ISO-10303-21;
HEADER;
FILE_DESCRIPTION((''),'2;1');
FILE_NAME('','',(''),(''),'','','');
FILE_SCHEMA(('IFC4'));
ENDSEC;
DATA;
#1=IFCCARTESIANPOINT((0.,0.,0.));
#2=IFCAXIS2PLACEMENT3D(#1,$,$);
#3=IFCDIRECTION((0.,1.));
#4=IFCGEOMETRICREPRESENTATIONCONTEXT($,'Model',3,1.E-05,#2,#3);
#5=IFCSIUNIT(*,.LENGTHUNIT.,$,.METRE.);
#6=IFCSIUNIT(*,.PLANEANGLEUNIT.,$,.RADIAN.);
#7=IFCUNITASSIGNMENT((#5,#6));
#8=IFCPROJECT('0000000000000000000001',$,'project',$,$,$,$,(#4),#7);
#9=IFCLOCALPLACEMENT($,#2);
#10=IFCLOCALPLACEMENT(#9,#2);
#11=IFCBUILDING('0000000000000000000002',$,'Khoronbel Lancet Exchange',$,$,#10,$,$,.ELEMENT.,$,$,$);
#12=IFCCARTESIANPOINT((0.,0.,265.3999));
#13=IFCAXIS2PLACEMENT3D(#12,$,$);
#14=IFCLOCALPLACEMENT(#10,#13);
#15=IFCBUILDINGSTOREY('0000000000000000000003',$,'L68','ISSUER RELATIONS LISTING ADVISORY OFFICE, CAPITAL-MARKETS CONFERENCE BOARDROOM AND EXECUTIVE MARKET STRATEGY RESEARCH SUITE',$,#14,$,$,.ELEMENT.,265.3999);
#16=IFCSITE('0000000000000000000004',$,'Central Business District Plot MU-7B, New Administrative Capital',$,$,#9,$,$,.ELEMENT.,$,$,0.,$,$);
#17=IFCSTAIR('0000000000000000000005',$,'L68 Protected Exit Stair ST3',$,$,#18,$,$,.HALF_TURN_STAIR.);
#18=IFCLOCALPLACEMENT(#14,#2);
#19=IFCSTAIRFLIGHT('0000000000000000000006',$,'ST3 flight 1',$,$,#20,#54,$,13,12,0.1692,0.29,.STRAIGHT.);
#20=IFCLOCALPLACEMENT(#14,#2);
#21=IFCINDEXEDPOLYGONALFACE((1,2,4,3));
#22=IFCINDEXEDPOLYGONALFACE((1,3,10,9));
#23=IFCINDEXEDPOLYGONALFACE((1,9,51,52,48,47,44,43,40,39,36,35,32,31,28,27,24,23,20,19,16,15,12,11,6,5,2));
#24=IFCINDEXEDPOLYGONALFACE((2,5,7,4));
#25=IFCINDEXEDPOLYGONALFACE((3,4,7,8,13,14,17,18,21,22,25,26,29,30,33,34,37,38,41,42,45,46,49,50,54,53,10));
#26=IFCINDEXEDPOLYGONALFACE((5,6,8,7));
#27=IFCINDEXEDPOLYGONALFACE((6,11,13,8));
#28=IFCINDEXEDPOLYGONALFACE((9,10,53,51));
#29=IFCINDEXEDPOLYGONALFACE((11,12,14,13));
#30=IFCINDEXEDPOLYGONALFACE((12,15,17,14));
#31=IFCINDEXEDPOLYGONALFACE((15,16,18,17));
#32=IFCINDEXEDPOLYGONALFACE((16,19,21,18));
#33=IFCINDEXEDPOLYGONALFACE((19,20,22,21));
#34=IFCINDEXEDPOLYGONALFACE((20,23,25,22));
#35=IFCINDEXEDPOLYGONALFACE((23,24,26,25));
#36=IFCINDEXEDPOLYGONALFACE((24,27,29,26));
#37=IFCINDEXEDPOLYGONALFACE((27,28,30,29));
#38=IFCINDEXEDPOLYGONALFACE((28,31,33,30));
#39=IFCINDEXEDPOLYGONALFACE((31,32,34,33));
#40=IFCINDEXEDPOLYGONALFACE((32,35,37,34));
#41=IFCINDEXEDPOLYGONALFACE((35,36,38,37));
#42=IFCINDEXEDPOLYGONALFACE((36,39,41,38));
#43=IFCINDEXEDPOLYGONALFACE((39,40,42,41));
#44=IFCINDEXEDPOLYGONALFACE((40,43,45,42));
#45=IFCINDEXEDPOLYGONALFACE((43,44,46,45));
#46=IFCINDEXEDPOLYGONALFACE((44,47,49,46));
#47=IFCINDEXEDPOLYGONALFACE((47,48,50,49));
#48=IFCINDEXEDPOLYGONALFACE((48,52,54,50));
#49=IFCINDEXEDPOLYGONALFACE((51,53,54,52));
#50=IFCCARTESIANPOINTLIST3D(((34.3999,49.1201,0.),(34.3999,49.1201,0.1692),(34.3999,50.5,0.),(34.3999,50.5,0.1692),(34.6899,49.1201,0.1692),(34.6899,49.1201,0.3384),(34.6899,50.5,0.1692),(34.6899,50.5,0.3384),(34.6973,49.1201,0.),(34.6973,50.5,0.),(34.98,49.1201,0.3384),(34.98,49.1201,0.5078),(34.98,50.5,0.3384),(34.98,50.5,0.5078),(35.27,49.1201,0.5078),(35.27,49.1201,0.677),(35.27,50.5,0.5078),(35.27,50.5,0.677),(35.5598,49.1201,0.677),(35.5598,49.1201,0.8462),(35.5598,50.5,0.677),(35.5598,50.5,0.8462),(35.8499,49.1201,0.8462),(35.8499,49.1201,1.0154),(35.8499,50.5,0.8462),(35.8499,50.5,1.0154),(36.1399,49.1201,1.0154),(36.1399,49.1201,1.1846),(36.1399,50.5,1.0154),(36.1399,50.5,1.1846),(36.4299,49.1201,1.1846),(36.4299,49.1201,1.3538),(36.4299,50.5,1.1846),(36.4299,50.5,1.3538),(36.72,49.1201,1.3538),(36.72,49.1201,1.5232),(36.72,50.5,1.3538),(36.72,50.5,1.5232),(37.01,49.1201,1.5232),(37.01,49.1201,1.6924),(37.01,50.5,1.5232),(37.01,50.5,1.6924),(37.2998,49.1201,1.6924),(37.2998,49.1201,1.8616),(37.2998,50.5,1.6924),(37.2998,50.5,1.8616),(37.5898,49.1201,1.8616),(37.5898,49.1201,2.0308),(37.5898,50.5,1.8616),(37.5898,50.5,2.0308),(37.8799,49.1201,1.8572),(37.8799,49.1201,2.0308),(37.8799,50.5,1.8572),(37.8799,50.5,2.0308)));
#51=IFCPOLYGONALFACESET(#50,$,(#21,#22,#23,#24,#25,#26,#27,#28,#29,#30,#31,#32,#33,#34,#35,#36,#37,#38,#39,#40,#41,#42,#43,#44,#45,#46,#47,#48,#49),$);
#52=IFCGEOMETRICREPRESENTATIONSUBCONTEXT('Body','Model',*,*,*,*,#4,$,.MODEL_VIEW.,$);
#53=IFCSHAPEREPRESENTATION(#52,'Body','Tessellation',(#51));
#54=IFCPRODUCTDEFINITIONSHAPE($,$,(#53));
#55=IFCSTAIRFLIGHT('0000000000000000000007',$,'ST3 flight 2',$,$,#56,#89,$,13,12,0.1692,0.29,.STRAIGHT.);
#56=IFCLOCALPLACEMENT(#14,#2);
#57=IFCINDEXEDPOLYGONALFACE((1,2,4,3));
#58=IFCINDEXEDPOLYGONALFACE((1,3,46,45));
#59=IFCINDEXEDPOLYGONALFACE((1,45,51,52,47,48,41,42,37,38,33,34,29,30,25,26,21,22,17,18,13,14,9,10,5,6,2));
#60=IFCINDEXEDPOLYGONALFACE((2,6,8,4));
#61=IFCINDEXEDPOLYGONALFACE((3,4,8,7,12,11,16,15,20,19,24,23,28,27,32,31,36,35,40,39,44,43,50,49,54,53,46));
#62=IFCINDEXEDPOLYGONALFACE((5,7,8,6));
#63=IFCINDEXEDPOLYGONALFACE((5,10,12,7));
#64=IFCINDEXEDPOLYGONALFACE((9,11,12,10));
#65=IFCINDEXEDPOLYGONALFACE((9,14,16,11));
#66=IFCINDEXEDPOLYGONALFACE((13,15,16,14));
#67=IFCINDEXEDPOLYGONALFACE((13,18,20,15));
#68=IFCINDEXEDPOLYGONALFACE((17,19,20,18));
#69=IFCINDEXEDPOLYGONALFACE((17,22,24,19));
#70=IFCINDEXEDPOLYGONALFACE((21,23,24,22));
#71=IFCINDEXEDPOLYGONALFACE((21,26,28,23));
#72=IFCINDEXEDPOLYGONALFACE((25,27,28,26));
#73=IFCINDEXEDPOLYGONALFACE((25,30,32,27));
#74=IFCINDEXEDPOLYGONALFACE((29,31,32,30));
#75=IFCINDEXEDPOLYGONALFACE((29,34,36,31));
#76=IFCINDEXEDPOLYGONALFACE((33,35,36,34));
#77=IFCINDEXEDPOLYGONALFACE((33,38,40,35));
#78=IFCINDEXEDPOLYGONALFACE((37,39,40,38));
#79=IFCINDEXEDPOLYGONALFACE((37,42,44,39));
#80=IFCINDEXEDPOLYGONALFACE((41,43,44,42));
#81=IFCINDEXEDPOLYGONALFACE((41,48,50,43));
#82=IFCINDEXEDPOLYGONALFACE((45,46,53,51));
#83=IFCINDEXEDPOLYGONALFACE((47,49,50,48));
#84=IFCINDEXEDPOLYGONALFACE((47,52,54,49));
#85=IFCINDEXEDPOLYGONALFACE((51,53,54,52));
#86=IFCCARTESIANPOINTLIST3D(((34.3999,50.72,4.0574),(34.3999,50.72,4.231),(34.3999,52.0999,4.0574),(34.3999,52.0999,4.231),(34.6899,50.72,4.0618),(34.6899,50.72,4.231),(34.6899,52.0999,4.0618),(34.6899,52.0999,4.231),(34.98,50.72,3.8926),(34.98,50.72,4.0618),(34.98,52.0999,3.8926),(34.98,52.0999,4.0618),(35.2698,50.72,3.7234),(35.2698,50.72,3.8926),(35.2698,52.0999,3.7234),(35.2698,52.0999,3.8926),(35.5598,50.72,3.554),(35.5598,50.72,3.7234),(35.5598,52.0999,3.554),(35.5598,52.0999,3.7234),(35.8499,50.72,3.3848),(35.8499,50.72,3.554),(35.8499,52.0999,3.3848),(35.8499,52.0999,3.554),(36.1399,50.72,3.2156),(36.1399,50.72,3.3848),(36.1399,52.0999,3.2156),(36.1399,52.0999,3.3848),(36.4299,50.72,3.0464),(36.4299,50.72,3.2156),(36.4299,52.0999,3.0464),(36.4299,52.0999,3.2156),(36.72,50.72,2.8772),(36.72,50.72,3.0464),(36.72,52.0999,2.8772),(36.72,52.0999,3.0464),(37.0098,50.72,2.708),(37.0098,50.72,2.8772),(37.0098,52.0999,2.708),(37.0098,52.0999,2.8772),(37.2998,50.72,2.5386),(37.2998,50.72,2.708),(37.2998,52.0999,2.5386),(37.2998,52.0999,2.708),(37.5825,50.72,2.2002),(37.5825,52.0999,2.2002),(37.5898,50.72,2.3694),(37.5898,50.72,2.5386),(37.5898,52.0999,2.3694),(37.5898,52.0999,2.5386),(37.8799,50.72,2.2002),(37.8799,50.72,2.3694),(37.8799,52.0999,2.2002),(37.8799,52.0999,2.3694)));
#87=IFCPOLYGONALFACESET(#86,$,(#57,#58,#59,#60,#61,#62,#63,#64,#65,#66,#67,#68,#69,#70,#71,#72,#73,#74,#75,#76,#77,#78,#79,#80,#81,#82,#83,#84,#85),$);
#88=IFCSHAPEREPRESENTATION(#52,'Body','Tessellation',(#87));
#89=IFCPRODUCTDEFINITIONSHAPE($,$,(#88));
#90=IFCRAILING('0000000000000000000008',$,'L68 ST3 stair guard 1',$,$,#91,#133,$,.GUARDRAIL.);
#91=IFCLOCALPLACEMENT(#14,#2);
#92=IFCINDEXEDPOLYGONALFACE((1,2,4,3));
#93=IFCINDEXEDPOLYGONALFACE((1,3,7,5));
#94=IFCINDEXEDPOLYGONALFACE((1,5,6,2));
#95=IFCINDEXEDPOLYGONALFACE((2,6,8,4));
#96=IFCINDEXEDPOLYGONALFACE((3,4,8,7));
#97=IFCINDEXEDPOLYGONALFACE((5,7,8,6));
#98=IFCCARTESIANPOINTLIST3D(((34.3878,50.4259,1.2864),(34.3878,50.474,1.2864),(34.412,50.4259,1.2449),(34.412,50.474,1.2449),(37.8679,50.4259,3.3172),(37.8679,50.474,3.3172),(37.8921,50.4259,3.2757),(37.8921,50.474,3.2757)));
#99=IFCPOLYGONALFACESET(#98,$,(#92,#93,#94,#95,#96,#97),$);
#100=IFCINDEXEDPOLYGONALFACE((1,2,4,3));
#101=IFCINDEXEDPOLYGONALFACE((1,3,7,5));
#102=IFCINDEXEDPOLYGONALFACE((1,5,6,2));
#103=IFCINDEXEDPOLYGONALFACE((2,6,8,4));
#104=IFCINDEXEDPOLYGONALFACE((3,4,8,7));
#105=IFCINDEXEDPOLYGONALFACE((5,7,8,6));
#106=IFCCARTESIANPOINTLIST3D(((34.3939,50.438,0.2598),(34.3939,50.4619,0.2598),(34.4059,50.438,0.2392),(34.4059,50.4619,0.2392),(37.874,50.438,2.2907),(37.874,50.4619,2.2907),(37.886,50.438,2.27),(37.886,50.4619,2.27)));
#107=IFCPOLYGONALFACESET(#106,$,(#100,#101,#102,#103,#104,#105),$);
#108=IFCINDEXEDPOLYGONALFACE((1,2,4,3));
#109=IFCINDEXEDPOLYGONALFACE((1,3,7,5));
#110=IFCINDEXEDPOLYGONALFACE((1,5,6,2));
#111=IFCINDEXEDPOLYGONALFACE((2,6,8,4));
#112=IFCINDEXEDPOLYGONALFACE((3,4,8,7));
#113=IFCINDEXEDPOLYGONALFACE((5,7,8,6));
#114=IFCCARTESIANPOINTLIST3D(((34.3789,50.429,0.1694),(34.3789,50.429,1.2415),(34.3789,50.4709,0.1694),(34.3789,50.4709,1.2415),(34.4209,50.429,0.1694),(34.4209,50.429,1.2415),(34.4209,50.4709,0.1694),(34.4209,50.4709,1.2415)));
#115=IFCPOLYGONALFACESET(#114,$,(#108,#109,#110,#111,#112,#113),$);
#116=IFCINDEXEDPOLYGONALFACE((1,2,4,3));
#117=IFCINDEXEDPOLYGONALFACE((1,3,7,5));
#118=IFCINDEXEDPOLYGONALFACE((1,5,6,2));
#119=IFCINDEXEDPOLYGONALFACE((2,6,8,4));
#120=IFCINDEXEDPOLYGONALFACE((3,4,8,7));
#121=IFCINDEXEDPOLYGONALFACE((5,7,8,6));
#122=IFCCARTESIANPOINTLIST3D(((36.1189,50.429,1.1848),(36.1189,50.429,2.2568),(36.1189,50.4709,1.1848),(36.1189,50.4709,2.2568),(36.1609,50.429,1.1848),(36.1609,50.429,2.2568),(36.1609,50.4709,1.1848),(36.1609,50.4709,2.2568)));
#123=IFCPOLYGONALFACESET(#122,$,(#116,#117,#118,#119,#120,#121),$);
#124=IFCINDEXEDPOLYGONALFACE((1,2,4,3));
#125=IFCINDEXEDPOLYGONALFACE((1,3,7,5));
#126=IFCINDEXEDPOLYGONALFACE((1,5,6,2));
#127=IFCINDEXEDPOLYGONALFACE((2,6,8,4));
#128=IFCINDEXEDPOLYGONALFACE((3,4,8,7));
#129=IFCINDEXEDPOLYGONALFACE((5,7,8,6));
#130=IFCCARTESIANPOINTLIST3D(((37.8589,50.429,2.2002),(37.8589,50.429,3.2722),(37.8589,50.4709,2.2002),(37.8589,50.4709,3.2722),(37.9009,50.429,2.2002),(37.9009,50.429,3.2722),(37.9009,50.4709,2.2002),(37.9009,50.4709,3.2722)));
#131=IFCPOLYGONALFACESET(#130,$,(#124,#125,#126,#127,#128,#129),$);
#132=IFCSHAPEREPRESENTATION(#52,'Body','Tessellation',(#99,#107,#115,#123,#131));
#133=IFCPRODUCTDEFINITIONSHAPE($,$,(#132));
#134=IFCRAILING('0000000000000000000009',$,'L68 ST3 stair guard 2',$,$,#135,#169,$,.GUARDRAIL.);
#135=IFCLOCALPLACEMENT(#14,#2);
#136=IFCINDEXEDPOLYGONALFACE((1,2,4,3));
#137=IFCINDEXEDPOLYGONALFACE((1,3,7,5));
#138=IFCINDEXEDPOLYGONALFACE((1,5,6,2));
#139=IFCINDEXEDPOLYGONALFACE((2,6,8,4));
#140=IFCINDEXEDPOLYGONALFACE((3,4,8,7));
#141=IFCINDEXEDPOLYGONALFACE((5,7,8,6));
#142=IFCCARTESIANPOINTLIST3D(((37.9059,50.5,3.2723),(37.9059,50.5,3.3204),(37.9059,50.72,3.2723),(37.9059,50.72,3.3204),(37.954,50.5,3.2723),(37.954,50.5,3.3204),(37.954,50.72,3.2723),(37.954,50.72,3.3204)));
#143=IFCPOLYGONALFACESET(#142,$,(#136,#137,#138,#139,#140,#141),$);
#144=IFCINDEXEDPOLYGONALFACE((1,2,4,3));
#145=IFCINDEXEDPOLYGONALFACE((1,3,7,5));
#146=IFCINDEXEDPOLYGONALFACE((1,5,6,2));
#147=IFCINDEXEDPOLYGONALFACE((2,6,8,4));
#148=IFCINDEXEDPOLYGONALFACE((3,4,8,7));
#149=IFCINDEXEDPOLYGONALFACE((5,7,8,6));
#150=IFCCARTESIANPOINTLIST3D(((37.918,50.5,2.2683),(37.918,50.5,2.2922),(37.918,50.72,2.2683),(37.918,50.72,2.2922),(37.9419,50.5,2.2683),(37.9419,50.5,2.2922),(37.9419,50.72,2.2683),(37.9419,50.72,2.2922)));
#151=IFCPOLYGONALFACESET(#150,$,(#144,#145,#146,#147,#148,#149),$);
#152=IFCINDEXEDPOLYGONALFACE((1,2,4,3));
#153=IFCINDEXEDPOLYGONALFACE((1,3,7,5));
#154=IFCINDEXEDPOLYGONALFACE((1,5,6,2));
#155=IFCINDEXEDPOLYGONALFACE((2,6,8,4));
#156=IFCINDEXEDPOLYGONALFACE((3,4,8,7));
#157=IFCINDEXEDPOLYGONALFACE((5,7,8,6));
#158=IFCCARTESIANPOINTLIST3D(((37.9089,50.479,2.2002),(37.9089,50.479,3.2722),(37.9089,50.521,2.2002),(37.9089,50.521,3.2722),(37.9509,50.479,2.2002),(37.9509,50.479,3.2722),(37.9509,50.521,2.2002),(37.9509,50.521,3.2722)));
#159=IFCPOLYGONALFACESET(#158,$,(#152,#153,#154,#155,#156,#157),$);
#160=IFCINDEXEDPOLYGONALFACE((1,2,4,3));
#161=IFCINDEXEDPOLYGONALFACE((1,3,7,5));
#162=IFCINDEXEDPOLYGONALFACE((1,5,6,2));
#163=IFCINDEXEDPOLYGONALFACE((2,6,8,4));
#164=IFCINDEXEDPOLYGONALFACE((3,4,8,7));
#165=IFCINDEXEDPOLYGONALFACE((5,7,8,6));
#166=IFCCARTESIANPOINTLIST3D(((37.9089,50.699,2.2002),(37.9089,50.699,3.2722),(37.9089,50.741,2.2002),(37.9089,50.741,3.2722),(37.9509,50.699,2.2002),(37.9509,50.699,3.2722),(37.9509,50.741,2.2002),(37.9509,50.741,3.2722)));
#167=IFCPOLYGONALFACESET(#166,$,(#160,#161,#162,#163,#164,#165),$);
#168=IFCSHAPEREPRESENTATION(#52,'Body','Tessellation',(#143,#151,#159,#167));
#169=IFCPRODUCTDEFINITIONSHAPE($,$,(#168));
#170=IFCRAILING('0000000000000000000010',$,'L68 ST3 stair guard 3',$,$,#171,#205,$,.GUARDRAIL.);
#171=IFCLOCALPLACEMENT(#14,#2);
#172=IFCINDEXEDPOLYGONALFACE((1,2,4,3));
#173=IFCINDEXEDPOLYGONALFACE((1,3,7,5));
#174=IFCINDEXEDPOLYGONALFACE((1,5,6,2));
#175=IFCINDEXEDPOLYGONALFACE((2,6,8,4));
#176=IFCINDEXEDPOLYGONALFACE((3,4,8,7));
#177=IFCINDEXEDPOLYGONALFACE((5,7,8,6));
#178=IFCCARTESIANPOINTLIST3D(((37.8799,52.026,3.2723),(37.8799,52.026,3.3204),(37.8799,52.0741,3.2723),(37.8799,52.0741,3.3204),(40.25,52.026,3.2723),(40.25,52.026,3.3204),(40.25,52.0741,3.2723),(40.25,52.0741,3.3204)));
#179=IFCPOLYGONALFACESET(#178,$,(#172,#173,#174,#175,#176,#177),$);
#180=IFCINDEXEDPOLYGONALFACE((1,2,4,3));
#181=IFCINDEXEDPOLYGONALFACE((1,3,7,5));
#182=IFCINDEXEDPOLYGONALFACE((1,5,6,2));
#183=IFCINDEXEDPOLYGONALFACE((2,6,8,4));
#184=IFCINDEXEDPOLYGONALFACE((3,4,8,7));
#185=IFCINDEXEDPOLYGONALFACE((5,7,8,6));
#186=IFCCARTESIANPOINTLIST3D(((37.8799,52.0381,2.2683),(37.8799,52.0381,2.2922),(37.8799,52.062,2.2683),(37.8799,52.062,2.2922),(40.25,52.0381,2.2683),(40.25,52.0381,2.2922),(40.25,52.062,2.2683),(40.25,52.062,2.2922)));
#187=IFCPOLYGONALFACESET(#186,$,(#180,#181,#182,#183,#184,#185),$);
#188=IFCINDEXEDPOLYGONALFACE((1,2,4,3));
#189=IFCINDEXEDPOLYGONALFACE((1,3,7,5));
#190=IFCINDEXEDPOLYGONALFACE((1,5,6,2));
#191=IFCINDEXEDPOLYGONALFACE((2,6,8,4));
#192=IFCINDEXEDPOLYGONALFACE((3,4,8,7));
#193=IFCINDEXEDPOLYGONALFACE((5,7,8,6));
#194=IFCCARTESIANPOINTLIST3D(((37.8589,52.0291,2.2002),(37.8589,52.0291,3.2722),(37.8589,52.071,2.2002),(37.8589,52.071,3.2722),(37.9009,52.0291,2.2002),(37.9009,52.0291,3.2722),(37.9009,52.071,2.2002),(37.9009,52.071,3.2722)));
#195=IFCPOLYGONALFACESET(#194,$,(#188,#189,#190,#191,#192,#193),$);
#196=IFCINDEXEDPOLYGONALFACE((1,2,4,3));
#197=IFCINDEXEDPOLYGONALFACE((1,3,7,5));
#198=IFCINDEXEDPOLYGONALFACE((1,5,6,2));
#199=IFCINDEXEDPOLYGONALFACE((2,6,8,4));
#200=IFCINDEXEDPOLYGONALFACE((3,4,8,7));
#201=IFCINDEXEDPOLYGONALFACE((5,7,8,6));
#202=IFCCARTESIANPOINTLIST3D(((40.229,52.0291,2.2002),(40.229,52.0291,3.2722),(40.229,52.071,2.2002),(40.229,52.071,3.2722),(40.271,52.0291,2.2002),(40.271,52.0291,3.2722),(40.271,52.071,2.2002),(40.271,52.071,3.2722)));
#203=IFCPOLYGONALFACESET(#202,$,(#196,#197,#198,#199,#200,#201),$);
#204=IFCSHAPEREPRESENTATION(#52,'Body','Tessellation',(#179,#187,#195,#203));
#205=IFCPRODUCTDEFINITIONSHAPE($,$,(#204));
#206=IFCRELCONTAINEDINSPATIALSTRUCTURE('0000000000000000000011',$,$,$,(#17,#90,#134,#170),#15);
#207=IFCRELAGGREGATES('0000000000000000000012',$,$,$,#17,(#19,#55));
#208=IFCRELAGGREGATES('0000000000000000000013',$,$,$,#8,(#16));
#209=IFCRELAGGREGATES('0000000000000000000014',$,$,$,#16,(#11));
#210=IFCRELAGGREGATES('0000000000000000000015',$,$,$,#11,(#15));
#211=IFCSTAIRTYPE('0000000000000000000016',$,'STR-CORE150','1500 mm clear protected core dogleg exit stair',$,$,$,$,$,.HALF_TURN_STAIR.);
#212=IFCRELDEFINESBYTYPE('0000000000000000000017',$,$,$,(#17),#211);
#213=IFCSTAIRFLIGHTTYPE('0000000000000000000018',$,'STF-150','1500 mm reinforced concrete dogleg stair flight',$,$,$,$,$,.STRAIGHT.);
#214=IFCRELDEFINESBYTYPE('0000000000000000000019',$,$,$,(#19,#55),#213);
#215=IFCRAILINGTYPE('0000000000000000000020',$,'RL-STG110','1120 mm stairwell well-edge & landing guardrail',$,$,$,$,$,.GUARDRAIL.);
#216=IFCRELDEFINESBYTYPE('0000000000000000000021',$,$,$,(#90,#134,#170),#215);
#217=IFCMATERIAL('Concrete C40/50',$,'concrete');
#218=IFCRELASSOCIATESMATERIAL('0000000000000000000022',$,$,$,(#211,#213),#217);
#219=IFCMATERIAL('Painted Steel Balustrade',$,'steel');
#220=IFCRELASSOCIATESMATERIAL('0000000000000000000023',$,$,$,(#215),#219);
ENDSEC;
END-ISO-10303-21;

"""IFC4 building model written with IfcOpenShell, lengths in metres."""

from ifc_helpers import new_model, si_unit, direction, frame, origin, origin_2d, place, context, subcontext, project, spatial, polyline, rectangle, outline, extrude, material, type_object, element, aggregate, save


model = new_model("IFC4")

# Units and contexts
model_context = context("Model", 3, precision=1e-05, world=origin(), true_north=direction((0.0, 1.0)))
body_context = subcontext(model_context, "Body", "Model", "MODEL_VIEW")
ifc_project = project(units=[si_unit("LENGTHUNIT", "METRE"), si_unit("PLANEANGLEUNIT", "RADIAN")], contexts=[model_context])

# Site, building, storey
site_placement = place(None, origin())
site = spatial("IfcSite", under=ifc_project, at=site_placement, Name="Central Business District Plot MU-7B, New Administrative Capital", CompositionType="ELEMENT", RefElevation=0.0)
building_placement = place(site_placement, origin())
building = spatial("IfcBuilding", under=site, at=building_placement, Name="Khoronbel Lancet Exchange", CompositionType="ELEMENT")
storey_placement = place(building_placement, frame((0.0, 0.0, 265.3999)))
storey = spatial("IfcBuildingStorey", under=building, at=storey_placement, Name="L68", Description="ISSUER RELATIONS LISTING ADVISORY OFFICE, CAPITAL-MARKETS CONFERENCE BOARDROOM AND EXECUTIVE MARKET STRATEGY RESEARCH SUITE", CompositionType="ELEMENT", Elevation=265.3999)

# Stair, stair flights
ifc_material_1 = material(Name="Concrete C40/50", Category="concrete")
stair_type = type_object("IfcStairType", Name="STR-CORE150", Description="1500 mm clear protected core dogleg exit stair", PredefinedType="HALF_TURN_STAIR", material=ifc_material_1)
stair_placement = place(storey_placement, origin())
stair = element("IfcStair", 1, at=stair_placement, inside=storey, type_object=stair_type, Name="L68 Protected Exit Stair ST3", PredefinedType="HALF_TURN_STAIR")
stair_flight_type = type_object("IfcStairFlightType", Name="STF-150", Description="1500 mm reinforced concrete dogleg stair flight", PredefinedType="STRAIGHT", material=ifc_material_1)
stair_flight_1_placement = place(storey_placement, frame((34.3999, 49.8101, 0.0), z_axis=(0.0, 0.0, 1.0), x_axis=(1.0, 0.0, 0.0)))
stair_flight_1 = element("IfcStairFlight", 2, at=stair_flight_1_placement, type_object=stair_flight_type, Name="ST3 flight 1", NumberOfRisers=13, NumberOfTreads=12, PredefinedType="STRAIGHT", RiserHeight=0.1692, TreadLength=0.29, context=body_context, shape_type="SweptSolid", body=[
    extrude(outline(polyline([(0.0, 0.0), (0.0, 0.1692), (0.29, 0.1692), (0.29, 0.3384), (0.5801, 0.3384), (0.5801, 0.5078), (0.8701, 0.5078), (0.8701, 0.677), (1.1599, 0.677), (1.1599, 0.8462), (1.45, 0.8462), (1.45, 1.0154), (1.74, 1.0154), (1.74, 1.1846), (2.03, 1.1846), (2.03, 1.3538), (2.3201, 1.3538), (2.3201, 1.5232), (2.6101, 1.5232), (2.6101, 1.6924), (2.8999, 1.6924), (2.8999, 1.8616), (3.1899, 1.8616), (3.1899, 2.0308), (3.48, 2.0308), (3.48, 2.2), (3.48, 1.8572), (0.2974, 0.0), (0.0, 0.0)])), frame((0.0, 0.6899, 0.0), z_axis=(0.0, -1.0, 0.0), x_axis=(1.0, 0.0, 0.0)), (0.0, 0.0, 1.0), 1.3799),
])
stair_flight_2_placement = place(storey_placement, frame((37.8799, 51.4099, 2.2002), z_axis=(0.0, 0.0, 1.0), x_axis=(-1.0, 0.0, 0.0)))
stair_flight_2 = element("IfcStairFlight", 3, at=stair_flight_2_placement, type_object=stair_flight_type, Name="ST3 flight 2", NumberOfRisers=13, NumberOfTreads=12, PredefinedType="STRAIGHT", RiserHeight=0.1692, TreadLength=0.29, context=body_context, shape_type="SweptSolid", body=[
    extrude(outline(polyline([(0.0, 0.0), (0.0, 0.1692), (0.29, 0.1692), (0.29, 0.3384), (0.5801, 0.3384), (0.5801, 0.5078), (0.8701, 0.5078), (0.8701, 0.677), (1.1599, 0.677), (1.1599, 0.8462), (1.45, 0.8462), (1.45, 1.0154), (1.74, 1.0154), (1.74, 1.1846), (2.03, 1.1846), (2.03, 1.3538), (2.3201, 1.3538), (2.3201, 1.5232), (2.6101, 1.5232), (2.6101, 1.6924), (2.8999, 1.6924), (2.8999, 1.8616), (3.1899, 1.8616), (3.1899, 2.0308), (3.48, 2.0308), (3.48, 2.2), (3.48, 1.8572), (0.2974, 0.0), (0.0, 0.0)])), frame((0.0, 0.6899, 0.0), z_axis=(0.0, -1.0, 0.0), x_axis=(1.0, 0.0, 0.0)), (0.0, 0.0, 1.0), 1.3799),
])
aggregate(stair, [stair_flight_1, stair_flight_2])

# Railings
ifc_material_2 = material(Name="Painted Steel Balustrade", Category="steel")
railing_type_1 = type_object("IfcRailingType", Name="RL-STG110", Description="1120 mm stairwell well-edge & landing guardrail", PredefinedType="GUARDRAIL", material=ifc_material_2)
railing_1_placement = place(storey_placement, frame((34.3999, 50.45, 0.1694)))
element("IfcRailing", 4, at=railing_1_placement, inside=storey, type_object=railing_type_1, Name="L68 ST3 stair guard 1", PredefinedType="GUARDRAIL", context=body_context, shape_type="SweptSolid", body=[
    extrude(rectangle(XDim=0.0481, YDim=0.0481, at=origin_2d()), frame((0.0, 0.0, 1.0962), z_axis=(0.863695, 0.0, 0.504014), x_axis=(0.0, 1.0, 0.0)), (0.0, 0.0, 1.0), 4.0293),
    extrude(rectangle(XDim=0.0239, YDim=0.0239, at=origin_2d()), frame((0.0, 0.0, 0.0801), z_axis=(0.863695, 0.0, 0.504014), x_axis=(0.0, 1.0, 0.0)), (0.0, 0.0, 1.0), 4.0293),
    extrude(rectangle(XDim=0.042, YDim=0.042, at=origin_2d()), origin(), (0.0, 0.0, 1.0), 1.072),
    extrude(rectangle(XDim=0.042, YDim=0.042, at=origin_2d()), frame((1.74, 0.0, 1.0154)), (0.0, 0.0, 1.0), 1.072),
    extrude(rectangle(XDim=0.042, YDim=0.042, at=origin_2d()), frame((3.48, 0.0, 2.0308)), (0.0, 0.0, 1.0), 1.072),
])
railing_2_placement = place(storey_placement, frame((37.9299, 50.5, 2.2002)))
element("IfcRailing", 5, at=railing_2_placement, inside=storey, type_object=railing_type_1, Name="L68 ST3 stair guard 2", PredefinedType="GUARDRAIL", context=body_context, shape_type="SweptSolid", body=[
    extrude(rectangle(XDim=0.0481, YDim=0.0481, at=origin_2d()), frame((0.0, 0.0, 1.0962), z_axis=(0.0, 1.0, 0.0), x_axis=(-1.0, 0.0, 0.0)), (0.0, 0.0, 1.0), 0.22),
    extrude(rectangle(XDim=0.0239, YDim=0.0239, at=origin_2d()), frame((0.0, 0.0, 0.0801), z_axis=(0.0, 1.0, 0.0), x_axis=(-1.0, 0.0, 0.0)), (0.0, 0.0, 1.0), 0.22),
    extrude(rectangle(XDim=0.042, YDim=0.042, at=origin_2d()), origin(), (0.0, 0.0, 1.0), 1.072),
    extrude(rectangle(XDim=0.042, YDim=0.042, at=origin_2d()), frame((0.0, 0.22, 0.0)), (0.0, 0.0, 1.0), 1.072),
])
railing_3_placement = place(storey_placement, frame((37.8799, 52.05, 2.2002)))
element("IfcRailing", 6, at=railing_3_placement, inside=storey, type_object=railing_type_1, Name="L68 ST3 stair guard 3", PredefinedType="GUARDRAIL", context=body_context, shape_type="SweptSolid", body=[
    extrude(rectangle(XDim=0.0481, YDim=0.0481, at=origin_2d()), frame((0.0, 0.0, 1.0962), z_axis=(1.0, 0.0, 0.0), x_axis=(0.0, 1.0, 0.0)), (0.0, 0.0, 1.0), 2.3701),
    extrude(rectangle(XDim=0.0239, YDim=0.0239, at=origin_2d()), frame((0.0, 0.0, 0.0801), z_axis=(1.0, 0.0, 0.0), x_axis=(0.0, 1.0, 0.0)), (0.0, 0.0, 1.0), 2.3701),
    extrude(rectangle(XDim=0.042, YDim=0.042, at=origin_2d()), origin(), (0.0, 0.0, 1.0), 1.072),
    extrude(rectangle(XDim=0.042, YDim=0.042, at=origin_2d()), frame((2.3701, 0.0, 0.0)), (0.0, 0.0, 1.0), 1.072),
])

save(model, "model.ifc")
